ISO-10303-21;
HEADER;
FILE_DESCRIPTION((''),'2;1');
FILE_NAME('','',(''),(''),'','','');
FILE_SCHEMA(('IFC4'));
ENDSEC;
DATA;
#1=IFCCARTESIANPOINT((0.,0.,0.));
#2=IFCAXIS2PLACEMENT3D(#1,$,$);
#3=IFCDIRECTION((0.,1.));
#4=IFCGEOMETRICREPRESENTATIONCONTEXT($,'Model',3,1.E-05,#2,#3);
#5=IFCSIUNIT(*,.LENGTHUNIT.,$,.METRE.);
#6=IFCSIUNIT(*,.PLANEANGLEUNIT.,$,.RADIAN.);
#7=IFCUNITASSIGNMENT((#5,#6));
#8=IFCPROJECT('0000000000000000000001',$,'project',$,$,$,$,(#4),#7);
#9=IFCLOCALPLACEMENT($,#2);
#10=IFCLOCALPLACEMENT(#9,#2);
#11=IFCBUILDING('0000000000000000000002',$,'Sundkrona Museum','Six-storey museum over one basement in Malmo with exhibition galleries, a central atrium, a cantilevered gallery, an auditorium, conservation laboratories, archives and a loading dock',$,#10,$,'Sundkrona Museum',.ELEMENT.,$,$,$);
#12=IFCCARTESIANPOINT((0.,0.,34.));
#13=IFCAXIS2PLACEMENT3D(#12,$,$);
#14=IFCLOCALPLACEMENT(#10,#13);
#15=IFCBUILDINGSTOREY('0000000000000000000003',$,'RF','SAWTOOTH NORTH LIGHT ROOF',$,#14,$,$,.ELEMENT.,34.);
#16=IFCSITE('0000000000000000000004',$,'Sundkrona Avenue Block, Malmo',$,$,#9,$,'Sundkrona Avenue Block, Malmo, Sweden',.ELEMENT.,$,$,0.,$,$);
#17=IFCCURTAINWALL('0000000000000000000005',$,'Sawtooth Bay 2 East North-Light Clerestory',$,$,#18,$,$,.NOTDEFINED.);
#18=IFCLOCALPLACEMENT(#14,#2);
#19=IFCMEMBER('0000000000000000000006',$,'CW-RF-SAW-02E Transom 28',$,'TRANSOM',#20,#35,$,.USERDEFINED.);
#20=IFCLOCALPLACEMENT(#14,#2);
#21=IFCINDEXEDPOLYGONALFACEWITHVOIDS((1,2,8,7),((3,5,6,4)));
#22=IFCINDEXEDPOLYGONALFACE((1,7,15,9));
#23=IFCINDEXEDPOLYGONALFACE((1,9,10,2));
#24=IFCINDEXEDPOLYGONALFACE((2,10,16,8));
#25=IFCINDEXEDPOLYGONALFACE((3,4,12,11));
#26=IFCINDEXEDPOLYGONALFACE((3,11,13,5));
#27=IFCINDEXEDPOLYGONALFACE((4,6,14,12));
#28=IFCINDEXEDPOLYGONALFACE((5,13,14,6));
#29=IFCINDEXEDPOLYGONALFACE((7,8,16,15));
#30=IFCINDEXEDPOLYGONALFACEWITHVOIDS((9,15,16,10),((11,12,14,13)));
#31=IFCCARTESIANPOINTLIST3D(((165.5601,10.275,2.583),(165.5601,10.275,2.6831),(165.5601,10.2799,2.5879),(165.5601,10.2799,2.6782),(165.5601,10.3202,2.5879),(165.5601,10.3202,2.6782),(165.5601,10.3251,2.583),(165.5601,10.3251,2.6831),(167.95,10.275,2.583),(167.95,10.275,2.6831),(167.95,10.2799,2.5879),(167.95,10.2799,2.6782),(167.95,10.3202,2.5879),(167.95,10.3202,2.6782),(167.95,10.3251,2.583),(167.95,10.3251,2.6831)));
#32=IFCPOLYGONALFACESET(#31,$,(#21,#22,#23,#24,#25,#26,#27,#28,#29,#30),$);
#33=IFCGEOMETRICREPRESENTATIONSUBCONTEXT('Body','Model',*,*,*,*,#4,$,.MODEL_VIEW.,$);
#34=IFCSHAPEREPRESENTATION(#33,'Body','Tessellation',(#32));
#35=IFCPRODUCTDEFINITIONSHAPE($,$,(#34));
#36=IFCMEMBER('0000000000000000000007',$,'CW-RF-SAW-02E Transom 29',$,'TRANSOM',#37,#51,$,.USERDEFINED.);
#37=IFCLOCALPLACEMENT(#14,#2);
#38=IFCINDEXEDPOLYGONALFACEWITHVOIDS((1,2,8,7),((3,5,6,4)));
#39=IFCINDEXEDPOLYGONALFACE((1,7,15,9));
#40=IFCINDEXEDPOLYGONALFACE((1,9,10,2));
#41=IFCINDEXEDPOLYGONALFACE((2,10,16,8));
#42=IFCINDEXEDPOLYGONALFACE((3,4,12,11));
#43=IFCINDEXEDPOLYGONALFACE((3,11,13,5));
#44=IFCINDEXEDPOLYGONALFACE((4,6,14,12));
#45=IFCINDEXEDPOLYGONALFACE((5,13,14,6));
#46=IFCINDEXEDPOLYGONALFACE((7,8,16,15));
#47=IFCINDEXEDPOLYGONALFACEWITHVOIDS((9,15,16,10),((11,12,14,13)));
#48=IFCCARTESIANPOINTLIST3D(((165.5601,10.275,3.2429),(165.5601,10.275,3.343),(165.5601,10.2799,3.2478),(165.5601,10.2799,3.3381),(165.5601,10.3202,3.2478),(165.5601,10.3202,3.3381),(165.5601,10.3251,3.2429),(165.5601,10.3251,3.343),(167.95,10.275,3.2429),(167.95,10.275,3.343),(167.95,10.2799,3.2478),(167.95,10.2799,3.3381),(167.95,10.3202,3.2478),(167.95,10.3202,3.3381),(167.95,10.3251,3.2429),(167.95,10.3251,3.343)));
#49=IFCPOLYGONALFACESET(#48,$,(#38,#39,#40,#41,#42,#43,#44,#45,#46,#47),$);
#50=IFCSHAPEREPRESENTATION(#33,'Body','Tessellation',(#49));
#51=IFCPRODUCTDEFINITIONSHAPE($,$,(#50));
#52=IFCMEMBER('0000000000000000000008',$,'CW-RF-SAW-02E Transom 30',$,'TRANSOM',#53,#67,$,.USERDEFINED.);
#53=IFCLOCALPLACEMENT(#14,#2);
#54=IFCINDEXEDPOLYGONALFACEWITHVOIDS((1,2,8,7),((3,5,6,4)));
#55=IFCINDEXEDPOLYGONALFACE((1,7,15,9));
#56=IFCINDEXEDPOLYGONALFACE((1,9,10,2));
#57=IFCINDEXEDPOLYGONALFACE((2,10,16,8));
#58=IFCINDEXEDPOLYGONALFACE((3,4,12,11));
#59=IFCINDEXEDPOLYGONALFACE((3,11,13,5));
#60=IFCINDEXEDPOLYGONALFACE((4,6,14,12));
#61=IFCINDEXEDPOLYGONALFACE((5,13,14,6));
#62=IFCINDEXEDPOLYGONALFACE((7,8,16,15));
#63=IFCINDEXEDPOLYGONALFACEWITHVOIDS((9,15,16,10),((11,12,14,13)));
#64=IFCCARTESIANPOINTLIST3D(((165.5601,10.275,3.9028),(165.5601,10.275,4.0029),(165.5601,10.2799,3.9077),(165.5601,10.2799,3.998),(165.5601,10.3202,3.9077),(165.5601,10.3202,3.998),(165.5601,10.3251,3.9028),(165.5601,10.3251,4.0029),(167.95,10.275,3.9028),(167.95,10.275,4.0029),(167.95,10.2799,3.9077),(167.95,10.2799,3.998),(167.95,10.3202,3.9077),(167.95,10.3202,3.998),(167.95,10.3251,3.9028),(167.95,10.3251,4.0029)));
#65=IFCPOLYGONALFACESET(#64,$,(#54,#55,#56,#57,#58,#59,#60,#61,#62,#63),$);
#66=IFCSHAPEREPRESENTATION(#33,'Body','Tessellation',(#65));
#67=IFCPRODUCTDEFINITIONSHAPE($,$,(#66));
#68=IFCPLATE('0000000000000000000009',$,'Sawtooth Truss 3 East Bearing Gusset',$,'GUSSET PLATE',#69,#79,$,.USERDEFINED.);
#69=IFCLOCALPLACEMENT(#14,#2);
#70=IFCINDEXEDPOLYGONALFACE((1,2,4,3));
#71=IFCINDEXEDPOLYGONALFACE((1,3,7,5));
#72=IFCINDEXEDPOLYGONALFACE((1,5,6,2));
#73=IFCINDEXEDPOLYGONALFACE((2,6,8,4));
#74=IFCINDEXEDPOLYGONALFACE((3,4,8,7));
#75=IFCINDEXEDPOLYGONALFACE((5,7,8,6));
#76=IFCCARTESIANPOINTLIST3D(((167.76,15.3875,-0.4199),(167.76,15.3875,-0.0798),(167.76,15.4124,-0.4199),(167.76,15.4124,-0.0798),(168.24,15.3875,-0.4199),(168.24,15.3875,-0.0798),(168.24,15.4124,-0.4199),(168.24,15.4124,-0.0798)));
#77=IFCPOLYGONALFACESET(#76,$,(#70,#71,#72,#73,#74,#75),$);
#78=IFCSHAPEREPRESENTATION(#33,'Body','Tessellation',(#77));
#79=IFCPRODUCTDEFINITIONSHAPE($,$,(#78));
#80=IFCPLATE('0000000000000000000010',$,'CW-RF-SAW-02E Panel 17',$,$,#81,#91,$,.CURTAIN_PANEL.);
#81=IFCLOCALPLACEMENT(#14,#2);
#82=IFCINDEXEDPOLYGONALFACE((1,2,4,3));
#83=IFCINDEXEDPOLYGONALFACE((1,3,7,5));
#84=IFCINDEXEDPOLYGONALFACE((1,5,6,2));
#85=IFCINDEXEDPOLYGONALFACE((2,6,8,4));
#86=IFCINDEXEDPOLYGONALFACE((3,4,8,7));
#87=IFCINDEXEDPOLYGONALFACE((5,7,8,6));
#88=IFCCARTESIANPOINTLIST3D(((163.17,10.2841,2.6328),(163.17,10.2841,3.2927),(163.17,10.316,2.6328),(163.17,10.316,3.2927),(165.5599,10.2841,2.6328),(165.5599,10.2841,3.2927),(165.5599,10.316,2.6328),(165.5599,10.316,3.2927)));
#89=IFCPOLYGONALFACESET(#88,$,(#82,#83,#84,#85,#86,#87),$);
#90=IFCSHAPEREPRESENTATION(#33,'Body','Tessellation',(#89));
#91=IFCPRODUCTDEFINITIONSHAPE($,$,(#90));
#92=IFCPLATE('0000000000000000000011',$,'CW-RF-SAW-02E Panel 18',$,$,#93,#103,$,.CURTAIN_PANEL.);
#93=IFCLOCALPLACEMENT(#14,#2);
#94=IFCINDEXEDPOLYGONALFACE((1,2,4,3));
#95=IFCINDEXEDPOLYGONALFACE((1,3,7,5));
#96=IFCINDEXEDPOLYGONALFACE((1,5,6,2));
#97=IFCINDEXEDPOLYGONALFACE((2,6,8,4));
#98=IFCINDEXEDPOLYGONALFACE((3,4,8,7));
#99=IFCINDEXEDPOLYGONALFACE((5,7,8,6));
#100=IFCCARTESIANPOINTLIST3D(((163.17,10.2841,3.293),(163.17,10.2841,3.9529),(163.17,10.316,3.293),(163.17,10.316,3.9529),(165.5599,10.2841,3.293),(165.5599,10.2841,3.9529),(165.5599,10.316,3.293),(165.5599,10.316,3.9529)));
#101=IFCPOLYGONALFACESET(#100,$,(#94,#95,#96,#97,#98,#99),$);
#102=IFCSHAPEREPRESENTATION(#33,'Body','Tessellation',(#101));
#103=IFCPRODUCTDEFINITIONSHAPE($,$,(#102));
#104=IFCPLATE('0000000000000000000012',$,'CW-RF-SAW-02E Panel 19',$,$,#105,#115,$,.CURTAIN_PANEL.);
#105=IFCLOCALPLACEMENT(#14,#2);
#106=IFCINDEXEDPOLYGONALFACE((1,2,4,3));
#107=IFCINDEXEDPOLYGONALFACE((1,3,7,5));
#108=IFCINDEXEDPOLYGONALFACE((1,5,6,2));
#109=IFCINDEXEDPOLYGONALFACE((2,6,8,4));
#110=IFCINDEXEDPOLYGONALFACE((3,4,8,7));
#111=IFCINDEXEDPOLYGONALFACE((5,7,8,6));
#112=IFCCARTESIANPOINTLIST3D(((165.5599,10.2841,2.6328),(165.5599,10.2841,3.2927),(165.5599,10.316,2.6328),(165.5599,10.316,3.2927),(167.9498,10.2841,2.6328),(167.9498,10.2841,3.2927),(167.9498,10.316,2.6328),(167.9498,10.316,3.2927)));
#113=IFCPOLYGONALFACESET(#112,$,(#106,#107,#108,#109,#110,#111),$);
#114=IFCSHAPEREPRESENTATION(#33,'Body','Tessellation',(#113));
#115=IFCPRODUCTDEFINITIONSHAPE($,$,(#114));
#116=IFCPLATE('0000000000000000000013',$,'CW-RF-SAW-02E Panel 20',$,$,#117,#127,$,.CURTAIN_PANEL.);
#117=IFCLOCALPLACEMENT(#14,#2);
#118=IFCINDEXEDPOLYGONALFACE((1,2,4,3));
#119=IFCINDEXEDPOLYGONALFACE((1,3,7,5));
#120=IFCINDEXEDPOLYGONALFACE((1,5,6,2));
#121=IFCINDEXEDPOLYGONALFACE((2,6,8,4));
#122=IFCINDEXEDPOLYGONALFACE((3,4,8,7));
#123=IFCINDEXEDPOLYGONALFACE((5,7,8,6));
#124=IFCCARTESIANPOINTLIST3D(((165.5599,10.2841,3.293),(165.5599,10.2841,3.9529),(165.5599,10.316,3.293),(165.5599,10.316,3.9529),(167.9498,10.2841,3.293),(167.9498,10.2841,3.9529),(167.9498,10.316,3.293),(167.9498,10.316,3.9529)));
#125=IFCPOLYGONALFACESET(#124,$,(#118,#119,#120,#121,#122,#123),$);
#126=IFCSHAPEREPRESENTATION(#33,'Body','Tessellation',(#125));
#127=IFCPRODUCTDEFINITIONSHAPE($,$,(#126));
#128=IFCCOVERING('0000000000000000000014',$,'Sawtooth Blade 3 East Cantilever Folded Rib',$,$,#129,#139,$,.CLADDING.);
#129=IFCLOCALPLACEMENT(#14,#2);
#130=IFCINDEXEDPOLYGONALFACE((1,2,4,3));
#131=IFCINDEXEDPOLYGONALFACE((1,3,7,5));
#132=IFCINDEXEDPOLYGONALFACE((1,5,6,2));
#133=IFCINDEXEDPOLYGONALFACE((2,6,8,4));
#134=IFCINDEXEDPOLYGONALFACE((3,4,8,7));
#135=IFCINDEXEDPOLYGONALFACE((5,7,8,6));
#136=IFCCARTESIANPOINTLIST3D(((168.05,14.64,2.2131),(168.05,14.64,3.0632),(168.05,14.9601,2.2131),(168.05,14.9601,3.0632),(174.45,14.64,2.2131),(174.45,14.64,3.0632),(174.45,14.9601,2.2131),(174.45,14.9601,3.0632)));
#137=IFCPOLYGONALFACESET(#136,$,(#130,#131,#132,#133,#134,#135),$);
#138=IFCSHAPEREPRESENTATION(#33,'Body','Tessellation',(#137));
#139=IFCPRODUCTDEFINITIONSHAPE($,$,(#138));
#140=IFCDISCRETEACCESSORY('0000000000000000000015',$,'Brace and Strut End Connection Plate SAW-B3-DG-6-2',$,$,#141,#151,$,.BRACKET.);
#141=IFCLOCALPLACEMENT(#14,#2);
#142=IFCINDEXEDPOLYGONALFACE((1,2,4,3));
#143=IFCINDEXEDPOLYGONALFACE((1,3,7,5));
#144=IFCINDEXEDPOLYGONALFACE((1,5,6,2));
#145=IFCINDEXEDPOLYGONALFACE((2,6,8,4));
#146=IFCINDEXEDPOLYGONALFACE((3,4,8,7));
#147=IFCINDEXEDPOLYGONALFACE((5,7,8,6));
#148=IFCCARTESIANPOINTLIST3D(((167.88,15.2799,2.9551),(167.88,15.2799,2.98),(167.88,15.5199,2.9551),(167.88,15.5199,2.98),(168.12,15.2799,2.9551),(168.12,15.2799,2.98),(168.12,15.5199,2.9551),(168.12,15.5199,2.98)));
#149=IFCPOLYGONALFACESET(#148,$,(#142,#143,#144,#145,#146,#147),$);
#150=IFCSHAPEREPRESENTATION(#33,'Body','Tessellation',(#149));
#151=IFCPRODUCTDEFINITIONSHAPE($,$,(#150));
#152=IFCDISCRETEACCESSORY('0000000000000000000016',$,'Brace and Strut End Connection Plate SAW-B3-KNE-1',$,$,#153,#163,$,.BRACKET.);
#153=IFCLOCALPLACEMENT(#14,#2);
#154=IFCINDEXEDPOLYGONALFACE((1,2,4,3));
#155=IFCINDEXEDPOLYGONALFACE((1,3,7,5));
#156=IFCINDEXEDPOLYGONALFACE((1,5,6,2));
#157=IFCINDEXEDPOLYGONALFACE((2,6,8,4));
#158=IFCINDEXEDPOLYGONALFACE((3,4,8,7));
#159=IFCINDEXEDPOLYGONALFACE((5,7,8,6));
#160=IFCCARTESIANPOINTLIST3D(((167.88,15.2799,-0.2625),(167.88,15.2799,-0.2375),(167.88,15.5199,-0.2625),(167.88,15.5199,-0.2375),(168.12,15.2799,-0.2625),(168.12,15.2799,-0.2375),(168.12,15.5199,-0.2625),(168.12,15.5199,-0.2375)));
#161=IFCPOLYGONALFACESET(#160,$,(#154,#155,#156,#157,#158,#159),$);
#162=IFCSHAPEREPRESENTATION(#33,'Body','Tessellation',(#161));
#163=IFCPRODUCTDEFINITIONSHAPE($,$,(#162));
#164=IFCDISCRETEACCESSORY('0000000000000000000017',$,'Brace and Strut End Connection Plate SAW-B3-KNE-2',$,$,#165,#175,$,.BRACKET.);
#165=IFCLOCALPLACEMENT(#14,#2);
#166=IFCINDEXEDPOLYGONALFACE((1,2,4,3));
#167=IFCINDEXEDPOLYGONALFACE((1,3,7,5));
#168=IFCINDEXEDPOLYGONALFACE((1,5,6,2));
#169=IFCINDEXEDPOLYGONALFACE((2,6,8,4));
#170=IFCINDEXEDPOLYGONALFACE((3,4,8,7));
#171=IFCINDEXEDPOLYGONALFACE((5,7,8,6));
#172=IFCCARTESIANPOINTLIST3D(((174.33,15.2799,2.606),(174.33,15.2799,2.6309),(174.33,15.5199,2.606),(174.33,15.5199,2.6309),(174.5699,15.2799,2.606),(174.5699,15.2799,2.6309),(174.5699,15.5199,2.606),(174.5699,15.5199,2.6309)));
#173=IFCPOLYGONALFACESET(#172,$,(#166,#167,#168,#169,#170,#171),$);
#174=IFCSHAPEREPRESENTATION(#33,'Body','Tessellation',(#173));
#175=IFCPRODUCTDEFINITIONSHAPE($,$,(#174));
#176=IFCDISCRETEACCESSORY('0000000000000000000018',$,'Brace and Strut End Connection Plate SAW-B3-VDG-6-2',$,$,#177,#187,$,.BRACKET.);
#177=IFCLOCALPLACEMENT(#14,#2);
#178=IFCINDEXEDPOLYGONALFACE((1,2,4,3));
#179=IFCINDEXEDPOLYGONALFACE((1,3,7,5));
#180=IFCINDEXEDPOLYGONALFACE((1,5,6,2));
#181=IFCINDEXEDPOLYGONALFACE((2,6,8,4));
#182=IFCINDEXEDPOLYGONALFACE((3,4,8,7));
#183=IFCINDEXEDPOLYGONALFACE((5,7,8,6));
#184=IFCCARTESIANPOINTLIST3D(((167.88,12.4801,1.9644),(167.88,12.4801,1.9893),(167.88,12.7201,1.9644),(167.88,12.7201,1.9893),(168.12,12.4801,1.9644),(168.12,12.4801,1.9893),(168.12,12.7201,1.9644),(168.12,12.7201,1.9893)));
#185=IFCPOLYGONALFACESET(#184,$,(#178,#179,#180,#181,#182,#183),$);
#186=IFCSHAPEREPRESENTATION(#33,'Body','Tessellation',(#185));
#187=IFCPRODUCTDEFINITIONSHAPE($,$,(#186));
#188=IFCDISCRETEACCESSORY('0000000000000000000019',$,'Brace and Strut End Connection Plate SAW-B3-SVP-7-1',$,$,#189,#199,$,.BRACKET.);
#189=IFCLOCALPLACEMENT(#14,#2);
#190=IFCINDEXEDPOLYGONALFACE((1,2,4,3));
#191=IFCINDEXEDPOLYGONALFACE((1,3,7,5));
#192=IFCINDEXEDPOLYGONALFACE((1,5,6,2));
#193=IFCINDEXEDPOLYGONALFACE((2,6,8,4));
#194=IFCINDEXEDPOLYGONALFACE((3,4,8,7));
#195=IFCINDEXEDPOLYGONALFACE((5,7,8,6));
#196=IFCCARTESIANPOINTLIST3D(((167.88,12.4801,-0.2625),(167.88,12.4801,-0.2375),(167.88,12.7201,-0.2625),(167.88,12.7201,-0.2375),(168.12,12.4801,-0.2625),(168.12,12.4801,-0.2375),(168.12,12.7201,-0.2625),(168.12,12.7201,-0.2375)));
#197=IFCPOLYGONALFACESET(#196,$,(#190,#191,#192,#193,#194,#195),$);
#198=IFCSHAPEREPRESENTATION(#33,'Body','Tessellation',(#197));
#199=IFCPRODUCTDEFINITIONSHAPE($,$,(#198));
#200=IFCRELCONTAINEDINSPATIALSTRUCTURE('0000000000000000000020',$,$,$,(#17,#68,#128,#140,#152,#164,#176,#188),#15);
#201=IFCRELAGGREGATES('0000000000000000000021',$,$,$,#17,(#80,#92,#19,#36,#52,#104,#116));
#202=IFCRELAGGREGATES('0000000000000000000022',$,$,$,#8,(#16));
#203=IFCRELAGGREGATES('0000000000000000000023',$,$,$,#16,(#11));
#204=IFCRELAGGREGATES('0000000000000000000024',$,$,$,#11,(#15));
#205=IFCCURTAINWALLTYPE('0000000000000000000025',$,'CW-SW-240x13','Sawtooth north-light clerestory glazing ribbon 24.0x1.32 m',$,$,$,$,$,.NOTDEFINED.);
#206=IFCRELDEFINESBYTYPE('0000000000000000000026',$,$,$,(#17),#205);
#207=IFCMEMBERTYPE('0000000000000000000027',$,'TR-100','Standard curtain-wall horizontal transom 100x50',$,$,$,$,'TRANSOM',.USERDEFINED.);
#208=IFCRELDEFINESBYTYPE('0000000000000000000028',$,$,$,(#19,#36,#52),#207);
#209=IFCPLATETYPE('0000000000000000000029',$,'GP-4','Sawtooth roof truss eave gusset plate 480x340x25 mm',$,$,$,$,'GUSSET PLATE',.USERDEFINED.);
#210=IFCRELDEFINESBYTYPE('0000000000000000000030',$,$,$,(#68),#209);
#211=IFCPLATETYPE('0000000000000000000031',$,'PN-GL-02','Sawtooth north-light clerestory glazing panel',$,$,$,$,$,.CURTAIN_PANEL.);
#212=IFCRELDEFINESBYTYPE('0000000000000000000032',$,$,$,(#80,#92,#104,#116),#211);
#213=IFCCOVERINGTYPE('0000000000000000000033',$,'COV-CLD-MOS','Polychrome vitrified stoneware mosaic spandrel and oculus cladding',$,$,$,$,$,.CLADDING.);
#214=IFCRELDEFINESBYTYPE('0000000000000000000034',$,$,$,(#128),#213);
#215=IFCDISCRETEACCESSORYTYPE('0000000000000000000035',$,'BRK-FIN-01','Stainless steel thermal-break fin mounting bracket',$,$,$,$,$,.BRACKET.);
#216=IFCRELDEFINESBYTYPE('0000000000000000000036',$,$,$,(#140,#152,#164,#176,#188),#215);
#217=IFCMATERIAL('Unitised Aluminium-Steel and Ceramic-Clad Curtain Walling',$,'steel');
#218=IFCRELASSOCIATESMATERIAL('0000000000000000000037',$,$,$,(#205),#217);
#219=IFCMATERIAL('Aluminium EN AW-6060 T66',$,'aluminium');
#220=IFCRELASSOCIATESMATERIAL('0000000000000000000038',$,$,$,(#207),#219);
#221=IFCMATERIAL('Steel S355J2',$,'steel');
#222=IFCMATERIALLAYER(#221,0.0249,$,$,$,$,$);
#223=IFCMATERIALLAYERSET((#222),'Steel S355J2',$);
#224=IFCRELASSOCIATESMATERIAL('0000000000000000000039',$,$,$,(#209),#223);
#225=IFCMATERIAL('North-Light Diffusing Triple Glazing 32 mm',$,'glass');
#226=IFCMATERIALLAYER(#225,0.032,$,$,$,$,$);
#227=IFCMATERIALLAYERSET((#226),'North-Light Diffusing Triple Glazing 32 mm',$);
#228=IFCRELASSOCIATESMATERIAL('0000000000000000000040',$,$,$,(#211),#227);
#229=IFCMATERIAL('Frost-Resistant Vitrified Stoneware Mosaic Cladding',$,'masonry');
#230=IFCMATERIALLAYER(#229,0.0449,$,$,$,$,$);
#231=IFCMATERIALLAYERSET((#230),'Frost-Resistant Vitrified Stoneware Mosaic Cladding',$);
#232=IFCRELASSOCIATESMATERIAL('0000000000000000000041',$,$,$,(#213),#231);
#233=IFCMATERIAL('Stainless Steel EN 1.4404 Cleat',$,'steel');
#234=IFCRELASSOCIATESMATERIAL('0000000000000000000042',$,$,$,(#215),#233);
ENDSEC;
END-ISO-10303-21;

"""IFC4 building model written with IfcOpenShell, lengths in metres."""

from ifc_helpers import new_model, si_unit, direction, frame, origin, origin_2d, place, context, subcontext, project, spatial, rectangle, hollow_rectangle, extrude, material, layer, layer_set, material_profile, profile_set, type_object, element, aggregate, save


model = new_model("IFC4")

# Units and contexts
model_context = context("Model", 3, precision=1e-05, world=origin(), true_north=direction((0.0, 1.0)))
body_context = subcontext(model_context, "Body", "Model", "MODEL_VIEW")
ifc_project = project(units=[si_unit("LENGTHUNIT", "METRE"), si_unit("PLANEANGLEUNIT", "RADIAN")], contexts=[model_context])

# Site, building, storey
site_placement = place(None, origin())
site = spatial("IfcSite", under=ifc_project, at=site_placement, Name="Sundkrona Avenue Block, Malmo", LongName="Sundkrona Avenue Block, Malmo, Sweden", CompositionType="ELEMENT", RefElevation=0.0)
building_placement = place(site_placement, origin())
building = spatial("IfcBuilding", under=site, at=building_placement, Name="Sundkrona Museum", Description="Six-storey museum over one basement in Malmo with exhibition galleries, a central atrium, a cantilevered gallery, an auditorium, conservation laboratories, archives and a loading dock", LongName="Sundkrona Museum", CompositionType="ELEMENT")
storey_placement = place(building_placement, frame((0.0, 0.0, 34.0)))
storey = spatial("IfcBuildingStorey", under=building, at=storey_placement, Name="RF", Description="SAWTOOTH NORTH LIGHT ROOF", CompositionType="ELEMENT", Elevation=34.0)

# Shared definitions
ifc_material_1 = material(Name="Steel S355J2", Category="steel")

# Curtain wall
ifc_material_2 = material(Name="Unitised Aluminium-Steel and Ceramic-Clad Curtain Walling", Category="steel")
curtain_wall_type = type_object("IfcCurtainWallType", Name="CW-SW-240x13", Description="Sawtooth north-light clerestory glazing ribbon 24.0x1.32 m", PredefinedType="NOTDEFINED", material=ifc_material_2)
curtain_wall_placement = place(storey_placement, origin())
curtain_wall = element("IfcCurtainWall", 1, at=curtain_wall_placement, inside=storey, type_object=curtain_wall_type, Name="Sawtooth Bay 2 East North-Light Clerestory", PredefinedType="NOTDEFINED")
ifc_material_3 = material(Name="Aluminium EN AW-6060 T66", Category="aluminium")

# Members
ifc_material_profile_1 = material_profile(ifc_material_3, hollow_rectangle(XDim=0.05, YDim=0.1001, WallThickness=0.0049, at=origin_2d()), Name="RHS 100x50x5.0")
ifc_profile_set_1 = profile_set([ifc_material_profile_1], Name="Aluminium EN AW-6060 T66")
member_type_1 = type_object("IfcMemberType", Name="TR-100", Description="Standard curtain-wall horizontal transom 100x50", ElementType="TRANSOM", PredefinedType="USERDEFINED", material=ifc_profile_set_1)
member_1_placement = place(storey_placement, frame((165.5601, 10.3, 2.6331), z_axis=(1.0, 0.0, 0.0), x_axis=(0.0, 1.0, 0.0)))
member_1 = element("IfcMember", 2, at=member_1_placement, type_object=member_type_1, Name="CW-RF-SAW-02E Transom 28", ObjectType="TRANSOM", PredefinedType="USERDEFINED", context=body_context, shape_type="SweptSolid", body=[
    extrude(hollow_rectangle(XDim=0.05, YDim=0.1001, WallThickness=0.0049, at=origin_2d()), origin(), (0.0, 0.0, 1.0), 2.3899),
])
member_2_placement = place(storey_placement, frame((165.5601, 10.3, 3.293), z_axis=(1.0, 0.0, 0.0), x_axis=(0.0, 1.0, 0.0)))
member_2 = element("IfcMember", 3, at=member_2_placement, type_object=member_type_1, Name="CW-RF-SAW-02E Transom 29", ObjectType="TRANSOM", PredefinedType="USERDEFINED", context=body_context, shape_type="SweptSolid", body=[
    extrude(hollow_rectangle(XDim=0.05, YDim=0.1001, WallThickness=0.0049, at=origin_2d()), origin(), (0.0, 0.0, 1.0), 2.3899),
])
member_3_placement = place(storey_placement, frame((165.5601, 10.3, 3.9529), z_axis=(1.0, 0.0, 0.0), x_axis=(0.0, 1.0, 0.0)))
member_3 = element("IfcMember", 4, at=member_3_placement, type_object=member_type_1, Name="CW-RF-SAW-02E Transom 30", ObjectType="TRANSOM", PredefinedType="USERDEFINED", context=body_context, shape_type="SweptSolid", body=[
    extrude(hollow_rectangle(XDim=0.05, YDim=0.1001, WallThickness=0.0049, at=origin_2d()), origin(), (0.0, 0.0, 1.0), 2.3899),
])

# Plates
ifc_layer_1 = layer(ifc_material_1, 0.0249)
ifc_layer_set_1 = layer_set([ifc_layer_1], Name="Steel S355J2")
plate_type_1 = type_object("IfcPlateType", Name="GP-4", Description="Sawtooth roof truss eave gusset plate 480x340x25 mm", ElementType="GUSSET PLATE", PredefinedType="USERDEFINED", material=ifc_layer_set_1)
plate_1_placement = place(storey_placement, frame((168.0, 15.3999, -0.4199), z_axis=(0.0, 0.0, 1.0), x_axis=(1.0, 0.0, 0.0)))
element("IfcPlate", 5, at=plate_1_placement, inside=storey, type_object=plate_type_1, Name="Sawtooth Truss 3 East Bearing Gusset", ObjectType="GUSSET PLATE", PredefinedType="USERDEFINED", context=body_context, shape_type="SweptSolid", body=[
    extrude(rectangle(XDim=0.48, YDim=0.0249, at=origin_2d()), origin(), (0.0, 0.0, 1.0), 0.3401),
])
ifc_material_4 = material(Name="North-Light Diffusing Triple Glazing 32 mm", Category="glass")
ifc_layer_2 = layer(ifc_material_4, 0.032)
ifc_layer_set_2 = layer_set([ifc_layer_2], Name="North-Light Diffusing Triple Glazing 32 mm")
plate_type_2 = type_object("IfcPlateType", Name="PN-GL-02", Description="Sawtooth north-light clerestory glazing panel", PredefinedType="CURTAIN_PANEL", material=ifc_layer_set_2)
plate_2_placement = place(storey_placement, frame((164.365, 10.3, 2.6328), z_axis=(0.0, 0.0, 1.0), x_axis=(1.0, 0.0, 0.0)))
plate_2 = element("IfcPlate", 6, at=plate_2_placement, type_object=plate_type_2, Name="CW-RF-SAW-02E Panel 17", PredefinedType="CURTAIN_PANEL", context=body_context, shape_type="SweptSolid", body=[
    extrude(rectangle(XDim=2.3899, YDim=0.032, at=origin_2d()), origin(), (0.0, 0.0, 1.0), 0.6599),
])
plate_3_placement = place(storey_placement, frame((164.365, 10.3, 3.293), z_axis=(0.0, 0.0, 1.0), x_axis=(1.0, 0.0, 0.0)))
plate_3 = element("IfcPlate", 7, at=plate_3_placement, type_object=plate_type_2, Name="CW-RF-SAW-02E Panel 18", PredefinedType="CURTAIN_PANEL", context=body_context, shape_type="SweptSolid", body=[
    extrude(rectangle(XDim=2.3899, YDim=0.032, at=origin_2d()), origin(), (0.0, 0.0, 1.0), 0.6599),
])
plate_4_placement = place(storey_placement, frame((166.7549, 10.3, 2.6328), z_axis=(0.0, 0.0, 1.0), x_axis=(1.0, 0.0, 0.0)))
plate_4 = element("IfcPlate", 8, at=plate_4_placement, type_object=plate_type_2, Name="CW-RF-SAW-02E Panel 19", PredefinedType="CURTAIN_PANEL", context=body_context, shape_type="SweptSolid", body=[
    extrude(rectangle(XDim=2.3899, YDim=0.032, at=origin_2d()), origin(), (0.0, 0.0, 1.0), 0.6599),
])
plate_5_placement = place(storey_placement, frame((166.7549, 10.3, 3.293), z_axis=(0.0, 0.0, 1.0), x_axis=(1.0, 0.0, 0.0)))
plate_5 = element("IfcPlate", 9, at=plate_5_placement, type_object=plate_type_2, Name="CW-RF-SAW-02E Panel 20", PredefinedType="CURTAIN_PANEL", context=body_context, shape_type="SweptSolid", body=[
    extrude(rectangle(XDim=2.3899, YDim=0.032, at=origin_2d()), origin(), (0.0, 0.0, 1.0), 0.6599),
])
aggregate(curtain_wall, [plate_2, plate_3, member_1, member_2, member_3, plate_4, plate_5])

# Covering
ifc_material_5 = material(Name="Frost-Resistant Vitrified Stoneware Mosaic Cladding", Category="masonry")
ifc_layer_3 = layer(ifc_material_5, 0.0449)
ifc_layer_set_3 = layer_set([ifc_layer_3], Name="Frost-Resistant Vitrified Stoneware Mosaic Cladding")
covering_type = type_object("IfcCoveringType", Name="COV-CLD-MOS", Description="Polychrome vitrified stoneware mosaic spandrel and oculus cladding", PredefinedType="CLADDING", material=ifc_layer_set_3)
covering_placement = place(storey_placement, frame((171.25, 14.8, 2.2131), z_axis=(0.0, 0.0, 1.0), x_axis=(1.0, 0.0, 0.0)))
element("IfcCovering", 10, at=covering_placement, inside=storey, type_object=covering_type, Name="Sawtooth Blade 3 East Cantilever Folded Rib", PredefinedType="CLADDING", context=body_context, shape_type="SweptSolid", body=[
    extrude(rectangle(XDim=6.3999, YDim=0.3201, at=origin_2d()), origin(), (0.0, 0.0, 1.0), 0.8501),
])

# Discrete accessories
ifc_material_6 = material(Name="Stainless Steel EN 1.4404 Cleat", Category="steel")
discrete_accessory_type = type_object("IfcDiscreteAccessoryType", Name="BRK-FIN-01", Description="Stainless steel thermal-break fin mounting bracket", PredefinedType="BRACKET", material=ifc_material_6)
for number, where, z_axis, x_axis, name in (
    (11, (168.0, 15.3999, 2.9551), (0.0, 0.0, 1.0), (1.0, 0.0, 0.0), "Brace and Strut End Connection Plate SAW-B3-DG-6-2"),
    (12, (168.0, 15.3999, -0.2625), (0.0, 0.0, 1.0), (1.0, 0.0, 0.0), "Brace and Strut End Connection Plate SAW-B3-KNE-1"),
    (13, (174.45, 15.3999, 2.606), (0.0, 0.0, 1.0), (1.0, 0.0, 0.0), "Brace and Strut End Connection Plate SAW-B3-KNE-2"),
    (14, (168.0, 12.6001, 1.9644), (0.0, 0.0, 1.0), (1.0, 0.0, 0.0), "Brace and Strut End Connection Plate SAW-B3-VDG-6-2"),
    (15, (168.0, 12.6001, -0.2625), (0.0, 0.0, 1.0), (1.0, 0.0, 0.0), "Brace and Strut End Connection Plate SAW-B3-SVP-7-1"),
):
    element("IfcDiscreteAccessory", number, at=place(storey_placement, frame(where, z_axis=z_axis, x_axis=x_axis)), inside=storey, type_object=discrete_accessory_type, Name=name, PredefinedType="BRACKET", context=body_context, shape_type="SweptSolid", body=[
        extrude(rectangle(XDim=0.24, YDim=0.24, at=origin_2d()), origin(), (0.0, 0.0, 1.0), 0.0249),
    ])

save(model, "model.ifc")
